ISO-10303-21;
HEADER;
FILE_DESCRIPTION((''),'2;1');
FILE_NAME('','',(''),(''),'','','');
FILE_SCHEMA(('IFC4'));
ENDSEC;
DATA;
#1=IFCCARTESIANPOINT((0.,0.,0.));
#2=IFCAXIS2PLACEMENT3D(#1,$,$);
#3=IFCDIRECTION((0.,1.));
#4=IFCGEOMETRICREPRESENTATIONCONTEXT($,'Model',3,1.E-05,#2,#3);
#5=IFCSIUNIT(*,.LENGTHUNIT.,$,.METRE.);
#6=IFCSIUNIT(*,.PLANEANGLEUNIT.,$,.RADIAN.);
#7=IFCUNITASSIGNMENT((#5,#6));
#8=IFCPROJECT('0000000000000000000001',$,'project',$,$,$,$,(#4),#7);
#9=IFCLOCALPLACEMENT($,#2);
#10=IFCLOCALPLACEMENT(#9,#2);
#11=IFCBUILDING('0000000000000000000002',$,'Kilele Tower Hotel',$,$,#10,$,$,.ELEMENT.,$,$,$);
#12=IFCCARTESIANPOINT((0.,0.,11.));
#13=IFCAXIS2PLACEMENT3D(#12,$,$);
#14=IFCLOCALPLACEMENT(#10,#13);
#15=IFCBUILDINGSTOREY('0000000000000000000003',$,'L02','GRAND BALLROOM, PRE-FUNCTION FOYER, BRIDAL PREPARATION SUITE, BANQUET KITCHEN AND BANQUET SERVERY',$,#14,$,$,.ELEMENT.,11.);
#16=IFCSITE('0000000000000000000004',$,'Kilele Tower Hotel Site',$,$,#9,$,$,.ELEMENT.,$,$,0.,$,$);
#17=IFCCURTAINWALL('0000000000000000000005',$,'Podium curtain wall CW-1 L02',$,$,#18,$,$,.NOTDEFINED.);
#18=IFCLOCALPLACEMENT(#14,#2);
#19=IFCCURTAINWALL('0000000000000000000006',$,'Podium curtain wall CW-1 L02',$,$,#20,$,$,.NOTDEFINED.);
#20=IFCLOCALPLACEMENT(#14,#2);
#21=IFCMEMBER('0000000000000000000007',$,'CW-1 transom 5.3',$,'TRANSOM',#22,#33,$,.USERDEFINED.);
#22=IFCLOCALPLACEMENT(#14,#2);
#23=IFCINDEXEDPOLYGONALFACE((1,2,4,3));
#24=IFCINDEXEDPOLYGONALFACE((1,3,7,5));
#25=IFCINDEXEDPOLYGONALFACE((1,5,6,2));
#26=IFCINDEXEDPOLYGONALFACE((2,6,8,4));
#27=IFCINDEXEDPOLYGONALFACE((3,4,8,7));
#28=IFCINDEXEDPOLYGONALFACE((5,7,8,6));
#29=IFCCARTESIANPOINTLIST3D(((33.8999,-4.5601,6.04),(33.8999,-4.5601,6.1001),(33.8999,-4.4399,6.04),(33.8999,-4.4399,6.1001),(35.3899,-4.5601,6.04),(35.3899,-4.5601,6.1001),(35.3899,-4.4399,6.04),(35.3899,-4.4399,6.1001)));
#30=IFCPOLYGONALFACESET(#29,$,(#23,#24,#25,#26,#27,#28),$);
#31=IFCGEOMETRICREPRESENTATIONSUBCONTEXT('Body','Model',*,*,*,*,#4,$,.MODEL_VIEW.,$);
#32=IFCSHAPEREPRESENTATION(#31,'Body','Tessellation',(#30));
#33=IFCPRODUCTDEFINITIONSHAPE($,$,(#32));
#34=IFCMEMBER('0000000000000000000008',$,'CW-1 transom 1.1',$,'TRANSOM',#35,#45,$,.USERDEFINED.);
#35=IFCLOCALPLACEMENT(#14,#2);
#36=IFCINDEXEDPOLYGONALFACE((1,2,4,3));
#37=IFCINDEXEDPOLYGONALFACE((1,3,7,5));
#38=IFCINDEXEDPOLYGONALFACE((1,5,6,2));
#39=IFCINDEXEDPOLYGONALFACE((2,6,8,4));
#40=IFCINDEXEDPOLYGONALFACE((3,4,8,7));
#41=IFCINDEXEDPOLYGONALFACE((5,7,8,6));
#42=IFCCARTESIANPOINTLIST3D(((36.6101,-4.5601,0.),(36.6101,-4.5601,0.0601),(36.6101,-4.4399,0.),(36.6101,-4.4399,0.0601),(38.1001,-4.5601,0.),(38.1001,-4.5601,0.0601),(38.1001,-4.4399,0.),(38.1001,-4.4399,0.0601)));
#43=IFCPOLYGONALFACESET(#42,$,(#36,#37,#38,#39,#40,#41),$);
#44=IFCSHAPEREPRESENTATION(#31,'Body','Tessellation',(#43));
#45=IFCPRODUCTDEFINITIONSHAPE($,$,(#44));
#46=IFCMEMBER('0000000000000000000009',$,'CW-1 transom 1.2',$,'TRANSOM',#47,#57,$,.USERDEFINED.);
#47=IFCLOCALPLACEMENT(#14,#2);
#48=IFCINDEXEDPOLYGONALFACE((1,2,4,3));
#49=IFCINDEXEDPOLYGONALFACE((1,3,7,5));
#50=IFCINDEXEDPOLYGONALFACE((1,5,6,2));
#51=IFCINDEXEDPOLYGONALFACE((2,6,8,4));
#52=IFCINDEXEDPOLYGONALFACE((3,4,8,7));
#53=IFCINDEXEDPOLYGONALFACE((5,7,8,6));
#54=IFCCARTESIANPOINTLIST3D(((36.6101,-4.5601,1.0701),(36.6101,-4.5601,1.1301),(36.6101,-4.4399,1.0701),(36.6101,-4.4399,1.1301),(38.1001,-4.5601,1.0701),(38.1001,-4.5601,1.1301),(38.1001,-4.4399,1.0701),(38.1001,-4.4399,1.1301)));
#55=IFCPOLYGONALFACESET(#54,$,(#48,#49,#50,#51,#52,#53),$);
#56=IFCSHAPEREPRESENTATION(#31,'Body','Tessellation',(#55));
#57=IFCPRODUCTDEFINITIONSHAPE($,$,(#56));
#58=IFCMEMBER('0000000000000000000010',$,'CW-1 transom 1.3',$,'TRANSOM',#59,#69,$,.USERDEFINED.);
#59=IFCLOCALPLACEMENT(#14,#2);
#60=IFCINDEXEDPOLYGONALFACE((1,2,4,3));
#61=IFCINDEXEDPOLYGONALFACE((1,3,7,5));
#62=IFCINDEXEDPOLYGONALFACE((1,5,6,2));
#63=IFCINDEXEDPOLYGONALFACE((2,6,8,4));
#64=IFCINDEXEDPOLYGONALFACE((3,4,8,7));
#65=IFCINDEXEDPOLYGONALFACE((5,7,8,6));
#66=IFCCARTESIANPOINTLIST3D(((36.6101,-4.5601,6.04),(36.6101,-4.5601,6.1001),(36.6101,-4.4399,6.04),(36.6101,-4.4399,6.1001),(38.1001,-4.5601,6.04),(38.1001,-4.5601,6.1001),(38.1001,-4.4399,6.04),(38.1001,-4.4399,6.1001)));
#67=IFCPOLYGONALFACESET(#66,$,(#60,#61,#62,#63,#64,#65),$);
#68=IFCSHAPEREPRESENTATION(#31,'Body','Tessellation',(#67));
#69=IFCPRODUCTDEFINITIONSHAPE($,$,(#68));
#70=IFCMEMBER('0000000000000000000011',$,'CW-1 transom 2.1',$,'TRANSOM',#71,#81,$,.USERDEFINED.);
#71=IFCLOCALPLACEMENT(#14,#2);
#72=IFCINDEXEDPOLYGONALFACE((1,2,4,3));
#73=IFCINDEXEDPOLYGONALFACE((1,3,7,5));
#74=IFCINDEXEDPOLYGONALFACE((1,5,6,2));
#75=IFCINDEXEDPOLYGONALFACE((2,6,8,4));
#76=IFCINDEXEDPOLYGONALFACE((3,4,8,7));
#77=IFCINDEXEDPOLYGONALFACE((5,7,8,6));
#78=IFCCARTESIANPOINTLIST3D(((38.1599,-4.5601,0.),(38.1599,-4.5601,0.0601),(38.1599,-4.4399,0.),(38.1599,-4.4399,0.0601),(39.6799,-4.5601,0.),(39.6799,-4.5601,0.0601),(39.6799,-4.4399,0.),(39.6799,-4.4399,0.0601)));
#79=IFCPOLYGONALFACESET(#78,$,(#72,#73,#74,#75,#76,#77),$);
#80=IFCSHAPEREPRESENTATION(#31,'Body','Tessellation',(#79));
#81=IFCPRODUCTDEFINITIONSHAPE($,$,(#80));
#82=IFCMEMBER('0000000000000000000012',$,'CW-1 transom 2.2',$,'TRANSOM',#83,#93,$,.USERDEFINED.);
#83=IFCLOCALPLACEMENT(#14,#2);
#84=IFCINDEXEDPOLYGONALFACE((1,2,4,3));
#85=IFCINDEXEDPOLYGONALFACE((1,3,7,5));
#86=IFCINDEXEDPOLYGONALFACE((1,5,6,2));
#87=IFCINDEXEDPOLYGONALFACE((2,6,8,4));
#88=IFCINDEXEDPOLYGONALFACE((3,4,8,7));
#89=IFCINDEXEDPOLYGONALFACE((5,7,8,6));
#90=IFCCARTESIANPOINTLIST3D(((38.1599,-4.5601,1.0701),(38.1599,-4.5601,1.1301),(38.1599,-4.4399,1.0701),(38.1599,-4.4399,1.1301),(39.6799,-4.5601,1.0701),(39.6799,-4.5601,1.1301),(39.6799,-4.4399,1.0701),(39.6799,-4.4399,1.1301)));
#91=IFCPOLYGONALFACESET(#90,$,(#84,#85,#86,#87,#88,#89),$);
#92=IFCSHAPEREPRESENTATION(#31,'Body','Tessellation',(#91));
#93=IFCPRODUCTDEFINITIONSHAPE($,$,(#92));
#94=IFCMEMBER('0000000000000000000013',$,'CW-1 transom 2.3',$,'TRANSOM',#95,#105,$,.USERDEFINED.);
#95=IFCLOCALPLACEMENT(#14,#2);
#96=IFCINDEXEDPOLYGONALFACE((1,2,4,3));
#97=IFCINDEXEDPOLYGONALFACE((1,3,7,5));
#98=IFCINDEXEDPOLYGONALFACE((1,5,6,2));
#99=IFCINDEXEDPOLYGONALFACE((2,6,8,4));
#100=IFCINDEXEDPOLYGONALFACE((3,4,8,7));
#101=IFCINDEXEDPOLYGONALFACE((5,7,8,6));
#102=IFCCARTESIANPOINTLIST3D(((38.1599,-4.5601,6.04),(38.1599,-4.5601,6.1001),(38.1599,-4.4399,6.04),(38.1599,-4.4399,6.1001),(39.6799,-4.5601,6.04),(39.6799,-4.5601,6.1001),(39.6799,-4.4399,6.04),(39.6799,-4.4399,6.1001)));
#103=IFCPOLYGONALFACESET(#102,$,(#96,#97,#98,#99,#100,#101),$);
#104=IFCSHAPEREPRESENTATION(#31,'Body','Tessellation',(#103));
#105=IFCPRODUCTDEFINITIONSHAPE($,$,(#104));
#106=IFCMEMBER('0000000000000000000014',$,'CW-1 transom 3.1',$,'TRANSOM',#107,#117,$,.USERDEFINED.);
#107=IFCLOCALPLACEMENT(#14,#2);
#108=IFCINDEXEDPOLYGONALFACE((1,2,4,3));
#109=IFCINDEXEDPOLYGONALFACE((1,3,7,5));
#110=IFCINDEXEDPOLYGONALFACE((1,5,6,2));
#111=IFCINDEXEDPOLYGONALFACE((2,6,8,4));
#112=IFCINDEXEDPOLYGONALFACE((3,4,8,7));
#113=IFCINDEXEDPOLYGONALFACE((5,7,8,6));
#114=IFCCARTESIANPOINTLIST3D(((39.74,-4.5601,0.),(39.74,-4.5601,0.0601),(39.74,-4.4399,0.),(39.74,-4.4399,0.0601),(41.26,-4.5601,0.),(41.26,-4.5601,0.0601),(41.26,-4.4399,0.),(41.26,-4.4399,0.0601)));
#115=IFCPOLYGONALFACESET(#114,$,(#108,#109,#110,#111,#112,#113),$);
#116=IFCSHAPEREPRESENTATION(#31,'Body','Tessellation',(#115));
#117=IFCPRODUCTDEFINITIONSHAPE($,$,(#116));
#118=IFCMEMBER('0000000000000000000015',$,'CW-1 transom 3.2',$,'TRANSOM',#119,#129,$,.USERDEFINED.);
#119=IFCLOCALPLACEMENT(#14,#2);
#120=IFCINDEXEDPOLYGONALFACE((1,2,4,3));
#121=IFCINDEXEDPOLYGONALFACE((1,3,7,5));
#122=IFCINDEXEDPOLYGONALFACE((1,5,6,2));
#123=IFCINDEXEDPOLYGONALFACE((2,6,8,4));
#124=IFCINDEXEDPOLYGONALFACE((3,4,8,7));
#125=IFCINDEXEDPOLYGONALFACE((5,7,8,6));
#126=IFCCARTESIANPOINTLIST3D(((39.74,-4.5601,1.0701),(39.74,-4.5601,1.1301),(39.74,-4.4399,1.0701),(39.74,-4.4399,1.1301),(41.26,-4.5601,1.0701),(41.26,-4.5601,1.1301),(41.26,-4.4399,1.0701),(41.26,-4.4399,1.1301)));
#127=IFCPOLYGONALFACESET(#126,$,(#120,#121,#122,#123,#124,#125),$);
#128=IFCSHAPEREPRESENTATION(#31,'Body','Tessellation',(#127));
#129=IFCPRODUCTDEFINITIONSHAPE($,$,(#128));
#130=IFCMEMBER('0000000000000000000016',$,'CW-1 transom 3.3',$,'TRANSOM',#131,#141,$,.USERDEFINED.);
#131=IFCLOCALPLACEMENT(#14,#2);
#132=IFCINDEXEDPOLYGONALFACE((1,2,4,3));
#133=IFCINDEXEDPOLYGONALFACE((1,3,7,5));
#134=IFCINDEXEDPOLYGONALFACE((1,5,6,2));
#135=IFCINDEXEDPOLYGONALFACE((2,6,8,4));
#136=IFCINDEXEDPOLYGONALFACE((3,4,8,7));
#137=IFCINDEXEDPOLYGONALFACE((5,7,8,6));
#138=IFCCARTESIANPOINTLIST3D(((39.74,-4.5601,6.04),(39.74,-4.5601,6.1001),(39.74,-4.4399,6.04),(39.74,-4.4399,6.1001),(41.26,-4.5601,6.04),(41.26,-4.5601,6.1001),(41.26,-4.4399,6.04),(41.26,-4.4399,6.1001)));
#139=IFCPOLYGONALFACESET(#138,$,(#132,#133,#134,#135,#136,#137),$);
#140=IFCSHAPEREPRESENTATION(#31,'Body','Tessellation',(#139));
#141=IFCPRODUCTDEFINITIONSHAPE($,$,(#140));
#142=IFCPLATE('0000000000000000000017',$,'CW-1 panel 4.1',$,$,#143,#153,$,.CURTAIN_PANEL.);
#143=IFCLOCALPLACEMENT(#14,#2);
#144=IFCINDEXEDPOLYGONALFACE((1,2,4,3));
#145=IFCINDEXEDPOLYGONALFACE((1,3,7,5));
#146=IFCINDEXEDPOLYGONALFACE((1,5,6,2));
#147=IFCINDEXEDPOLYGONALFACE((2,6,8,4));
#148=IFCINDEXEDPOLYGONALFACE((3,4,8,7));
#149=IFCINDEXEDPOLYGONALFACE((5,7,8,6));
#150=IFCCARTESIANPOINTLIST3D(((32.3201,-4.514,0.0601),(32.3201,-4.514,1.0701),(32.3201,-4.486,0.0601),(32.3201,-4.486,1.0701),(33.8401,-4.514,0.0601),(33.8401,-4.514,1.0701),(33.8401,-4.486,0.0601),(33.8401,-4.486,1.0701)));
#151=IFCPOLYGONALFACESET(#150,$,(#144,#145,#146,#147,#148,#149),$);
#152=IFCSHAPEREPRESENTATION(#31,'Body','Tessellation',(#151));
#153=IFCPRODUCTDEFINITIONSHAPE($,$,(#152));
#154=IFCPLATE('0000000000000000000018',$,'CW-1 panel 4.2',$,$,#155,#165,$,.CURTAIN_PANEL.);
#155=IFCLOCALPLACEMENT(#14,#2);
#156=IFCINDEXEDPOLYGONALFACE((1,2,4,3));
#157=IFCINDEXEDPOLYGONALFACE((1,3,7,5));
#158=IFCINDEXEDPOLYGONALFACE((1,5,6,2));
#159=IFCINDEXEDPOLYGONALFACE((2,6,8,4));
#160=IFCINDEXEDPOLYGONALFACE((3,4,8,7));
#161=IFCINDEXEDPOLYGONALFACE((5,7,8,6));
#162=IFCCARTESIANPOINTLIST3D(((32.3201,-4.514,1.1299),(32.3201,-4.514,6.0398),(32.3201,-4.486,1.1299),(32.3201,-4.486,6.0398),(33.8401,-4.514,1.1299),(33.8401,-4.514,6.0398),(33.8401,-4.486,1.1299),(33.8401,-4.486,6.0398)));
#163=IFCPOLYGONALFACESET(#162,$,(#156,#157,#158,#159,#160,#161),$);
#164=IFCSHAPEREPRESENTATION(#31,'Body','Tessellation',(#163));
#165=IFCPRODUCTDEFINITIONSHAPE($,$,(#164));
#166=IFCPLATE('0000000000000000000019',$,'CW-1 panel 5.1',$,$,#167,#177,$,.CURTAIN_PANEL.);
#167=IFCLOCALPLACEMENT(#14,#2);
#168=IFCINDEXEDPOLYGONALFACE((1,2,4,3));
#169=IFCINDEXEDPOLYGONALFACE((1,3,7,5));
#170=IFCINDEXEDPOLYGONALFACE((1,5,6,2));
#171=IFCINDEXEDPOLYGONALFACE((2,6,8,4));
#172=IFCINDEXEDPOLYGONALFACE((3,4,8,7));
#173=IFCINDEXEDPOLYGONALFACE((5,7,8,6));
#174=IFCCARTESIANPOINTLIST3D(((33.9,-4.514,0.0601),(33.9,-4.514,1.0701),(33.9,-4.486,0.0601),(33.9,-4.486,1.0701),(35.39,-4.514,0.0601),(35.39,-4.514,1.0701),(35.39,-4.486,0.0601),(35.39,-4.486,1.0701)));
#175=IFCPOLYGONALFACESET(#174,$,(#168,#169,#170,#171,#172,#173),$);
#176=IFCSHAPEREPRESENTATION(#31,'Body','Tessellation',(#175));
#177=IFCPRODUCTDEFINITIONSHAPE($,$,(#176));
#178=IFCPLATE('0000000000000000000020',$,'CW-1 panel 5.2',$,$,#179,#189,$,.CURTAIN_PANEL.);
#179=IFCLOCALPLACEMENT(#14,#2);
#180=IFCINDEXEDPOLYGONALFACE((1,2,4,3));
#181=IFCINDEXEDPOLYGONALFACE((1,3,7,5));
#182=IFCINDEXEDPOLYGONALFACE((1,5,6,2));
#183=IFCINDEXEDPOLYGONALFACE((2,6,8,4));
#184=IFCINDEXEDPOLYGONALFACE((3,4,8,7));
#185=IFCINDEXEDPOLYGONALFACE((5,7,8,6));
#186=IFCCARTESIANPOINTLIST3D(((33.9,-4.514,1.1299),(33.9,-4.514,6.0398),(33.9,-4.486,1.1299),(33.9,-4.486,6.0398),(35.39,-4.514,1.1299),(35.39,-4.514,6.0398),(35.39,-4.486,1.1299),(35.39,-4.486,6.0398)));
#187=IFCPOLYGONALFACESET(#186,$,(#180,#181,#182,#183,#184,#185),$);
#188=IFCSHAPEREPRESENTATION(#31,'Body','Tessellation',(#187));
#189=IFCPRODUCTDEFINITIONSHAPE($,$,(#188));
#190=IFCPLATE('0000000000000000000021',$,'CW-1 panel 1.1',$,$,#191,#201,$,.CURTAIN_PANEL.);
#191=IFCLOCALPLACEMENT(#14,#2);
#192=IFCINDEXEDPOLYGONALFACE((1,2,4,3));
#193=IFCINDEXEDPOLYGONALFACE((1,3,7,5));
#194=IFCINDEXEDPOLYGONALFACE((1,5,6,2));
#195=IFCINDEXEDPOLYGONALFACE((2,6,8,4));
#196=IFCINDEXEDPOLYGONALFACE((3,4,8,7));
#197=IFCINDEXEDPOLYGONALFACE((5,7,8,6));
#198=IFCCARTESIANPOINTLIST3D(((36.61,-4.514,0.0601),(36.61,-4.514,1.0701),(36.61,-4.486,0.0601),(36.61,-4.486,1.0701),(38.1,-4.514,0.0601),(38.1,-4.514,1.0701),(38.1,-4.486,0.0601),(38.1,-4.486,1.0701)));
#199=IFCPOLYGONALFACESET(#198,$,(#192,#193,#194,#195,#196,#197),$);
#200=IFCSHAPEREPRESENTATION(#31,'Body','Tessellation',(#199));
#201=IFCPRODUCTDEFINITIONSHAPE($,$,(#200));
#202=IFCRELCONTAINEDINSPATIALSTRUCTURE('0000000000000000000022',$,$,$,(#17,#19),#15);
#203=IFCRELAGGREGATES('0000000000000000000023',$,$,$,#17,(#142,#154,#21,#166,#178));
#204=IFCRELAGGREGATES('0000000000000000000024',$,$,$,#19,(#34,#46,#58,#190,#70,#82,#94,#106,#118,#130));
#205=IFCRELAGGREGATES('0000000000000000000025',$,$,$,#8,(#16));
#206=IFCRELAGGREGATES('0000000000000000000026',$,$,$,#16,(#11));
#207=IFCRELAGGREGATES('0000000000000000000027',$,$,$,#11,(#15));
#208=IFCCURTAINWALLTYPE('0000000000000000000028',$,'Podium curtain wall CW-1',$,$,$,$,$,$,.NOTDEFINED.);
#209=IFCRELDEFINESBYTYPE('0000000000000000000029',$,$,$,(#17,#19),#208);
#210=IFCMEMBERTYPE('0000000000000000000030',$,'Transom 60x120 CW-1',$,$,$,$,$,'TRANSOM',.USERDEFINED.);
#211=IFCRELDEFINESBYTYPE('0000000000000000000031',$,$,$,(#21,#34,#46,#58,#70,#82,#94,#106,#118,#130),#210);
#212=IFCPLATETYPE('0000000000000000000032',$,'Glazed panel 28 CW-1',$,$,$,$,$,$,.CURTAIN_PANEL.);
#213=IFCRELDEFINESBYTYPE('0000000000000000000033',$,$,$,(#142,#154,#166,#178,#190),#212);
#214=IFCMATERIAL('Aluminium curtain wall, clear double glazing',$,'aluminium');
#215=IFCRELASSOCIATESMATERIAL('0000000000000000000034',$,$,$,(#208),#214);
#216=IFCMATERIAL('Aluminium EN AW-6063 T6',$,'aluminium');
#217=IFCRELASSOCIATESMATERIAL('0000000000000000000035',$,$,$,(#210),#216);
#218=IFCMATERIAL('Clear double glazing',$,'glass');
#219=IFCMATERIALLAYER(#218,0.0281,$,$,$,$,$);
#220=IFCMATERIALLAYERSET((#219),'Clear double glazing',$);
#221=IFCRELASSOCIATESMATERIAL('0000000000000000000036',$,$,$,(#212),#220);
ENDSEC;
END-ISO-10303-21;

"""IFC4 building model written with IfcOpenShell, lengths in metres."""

from ifc_helpers import new_model, si_unit, direction, frame, origin, origin_2d, place, context, subcontext, project, spatial, rectangle, extrude, material, layer, layer_set, material_profile, profile_set, type_object, element, aggregate, save


model = new_model("IFC4")

# Units and contexts
model_context = context("Model", 3, precision=1e-05, world=origin(), true_north=direction((0.0, 1.0)))
body_context = subcontext(model_context, "Body", "Model", "MODEL_VIEW")
ifc_project = project(units=[si_unit("LENGTHUNIT", "METRE"), si_unit("PLANEANGLEUNIT", "RADIAN")], contexts=[model_context])

# Site, building, storey
site_placement = place(None, origin())
site = spatial("IfcSite", under=ifc_project, at=site_placement, Name="Kilele Tower Hotel Site", CompositionType="ELEMENT", RefElevation=0.0)
building_placement = place(site_placement, origin())
building = spatial("IfcBuilding", under=site, at=building_placement, Name="Kilele Tower Hotel", CompositionType="ELEMENT")
storey_placement = place(building_placement, frame((0.0, 0.0, 11.0)))
storey = spatial("IfcBuildingStorey", under=building, at=storey_placement, Name="L02", Description="GRAND BALLROOM, PRE-FUNCTION FOYER, BRIDAL PREPARATION SUITE, BANQUET KITCHEN AND BANQUET SERVERY", CompositionType="ELEMENT", Elevation=11.0)

# Curtain walls
ifc_material_1 = material(Name="Aluminium curtain wall, clear double glazing", Category="aluminium")
curtain_wall_type = type_object("IfcCurtainWallType", Name="Podium curtain wall CW-1", PredefinedType="NOTDEFINED", material=ifc_material_1)
curtain_wall_1_placement = place(storey_placement, origin())
curtain_wall_1 = element("IfcCurtainWall", 1, at=curtain_wall_1_placement, inside=storey, type_object=curtain_wall_type, Name="Podium curtain wall CW-1 L02", PredefinedType="NOTDEFINED")
curtain_wall_2_placement = place(storey_placement, origin())
curtain_wall_2 = element("IfcCurtainWall", 2, at=curtain_wall_2_placement, inside=storey, type_object=curtain_wall_type, Name="Podium curtain wall CW-1 L02", PredefinedType="NOTDEFINED")

# Members
ifc_material_2 = material(Name="Aluminium EN AW-6063 T6", Category="aluminium")
ifc_material_profile_1 = material_profile(ifc_material_2, rectangle(XDim=0.1201, YDim=0.0601, at=origin_2d()))
ifc_profile_set_1 = profile_set([ifc_material_profile_1], Name="Aluminium EN AW-6063 T6")
member_type_1 = type_object("IfcMemberType", Name="Transom 60x120 CW-1", ElementType="TRANSOM", PredefinedType="USERDEFINED", material=ifc_profile_set_1)
member_1_placement = place(storey_placement, frame((33.8999, -4.5, 6.0701), z_axis=(1.0, 0.0, 0.0), x_axis=(0.0, 1.0, 0.0)))
member_1 = element("IfcMember", 3, at=member_1_placement, type_object=member_type_1, Name="CW-1 transom 5.3", ObjectType="TRANSOM", PredefinedType="USERDEFINED", context=body_context, shape_type="SweptSolid", body=[
    extrude(rectangle(XDim=0.1201, YDim=0.0601, at=origin_2d()), origin(), (0.0, 0.0, 1.0), 1.49),
])
member_2_placement = place(storey_placement, frame((36.6101, -4.5, 0.03), z_axis=(1.0, 0.0, 0.0), x_axis=(0.0, 1.0, 0.0)))
member_2 = element("IfcMember", 4, at=member_2_placement, type_object=member_type_1, Name="CW-1 transom 1.1", ObjectType="TRANSOM", PredefinedType="USERDEFINED", context=body_context, shape_type="SweptSolid", body=[
    extrude(rectangle(XDim=0.1201, YDim=0.0601, at=origin_2d()), origin(), (0.0, 0.0, 1.0), 1.49),
])
member_3_placement = place(storey_placement, frame((36.6101, -4.5, 1.1001), z_axis=(1.0, 0.0, 0.0), x_axis=(0.0, 1.0, 0.0)))
member_3 = element("IfcMember", 5, at=member_3_placement, type_object=member_type_1, Name="CW-1 transom 1.2", ObjectType="TRANSOM", PredefinedType="USERDEFINED", context=body_context, shape_type="SweptSolid", body=[
    extrude(rectangle(XDim=0.1201, YDim=0.0601, at=origin_2d()), origin(), (0.0, 0.0, 1.0), 1.49),
])
member_4_placement = place(storey_placement, frame((36.6101, -4.5, 6.0701), z_axis=(1.0, 0.0, 0.0), x_axis=(0.0, 1.0, 0.0)))
member_4 = element("IfcMember", 6, at=member_4_placement, type_object=member_type_1, Name="CW-1 transom 1.3", ObjectType="TRANSOM", PredefinedType="USERDEFINED", context=body_context, shape_type="SweptSolid", body=[
    extrude(rectangle(XDim=0.1201, YDim=0.0601, at=origin_2d()), origin(), (0.0, 0.0, 1.0), 1.49),
])
member_5_placement = place(storey_placement, frame((38.1599, -4.5, 0.03), z_axis=(1.0, 0.0, 0.0), x_axis=(0.0, 1.0, 0.0)))
member_5 = element("IfcMember", 7, at=member_5_placement, type_object=member_type_1, Name="CW-1 transom 2.1", ObjectType="TRANSOM", PredefinedType="USERDEFINED", context=body_context, shape_type="SweptSolid", body=[
    extrude(rectangle(XDim=0.1201, YDim=0.0601, at=origin_2d()), origin(), (0.0, 0.0, 1.0), 1.52),
])
member_6_placement = place(storey_placement, frame((38.1599, -4.5, 1.1001), z_axis=(1.0, 0.0, 0.0), x_axis=(0.0, 1.0, 0.0)))
member_6 = element("IfcMember", 8, at=member_6_placement, type_object=member_type_1, Name="CW-1 transom 2.2", ObjectType="TRANSOM", PredefinedType="USERDEFINED", context=body_context, shape_type="SweptSolid", body=[
    extrude(rectangle(XDim=0.1201, YDim=0.0601, at=origin_2d()), origin(), (0.0, 0.0, 1.0), 1.52),
])
member_7_placement = place(storey_placement, frame((38.1599, -4.5, 6.0701), z_axis=(1.0, 0.0, 0.0), x_axis=(0.0, 1.0, 0.0)))
member_7 = element("IfcMember", 9, at=member_7_placement, type_object=member_type_1, Name="CW-1 transom 2.3", ObjectType="TRANSOM", PredefinedType="USERDEFINED", context=body_context, shape_type="SweptSolid", body=[
    extrude(rectangle(XDim=0.1201, YDim=0.0601, at=origin_2d()), origin(), (0.0, 0.0, 1.0), 1.52),
])
member_8_placement = place(storey_placement, frame((39.74, -4.5, 0.03), z_axis=(1.0, 0.0, 0.0), x_axis=(0.0, 1.0, 0.0)))
member_8 = element("IfcMember", 10, at=member_8_placement, type_object=member_type_1, Name="CW-1 transom 3.1", ObjectType="TRANSOM", PredefinedType="USERDEFINED", context=body_context, shape_type="SweptSolid", body=[
    extrude(rectangle(XDim=0.1201, YDim=0.0601, at=origin_2d()), origin(), (0.0, 0.0, 1.0), 1.52),
])
member_9_placement = place(storey_placement, frame((39.74, -4.5, 1.1001), z_axis=(1.0, 0.0, 0.0), x_axis=(0.0, 1.0, 0.0)))
member_9 = element("IfcMember", 11, at=member_9_placement, type_object=member_type_1, Name="CW-1 transom 3.2", ObjectType="TRANSOM", PredefinedType="USERDEFINED", context=body_context, shape_type="SweptSolid", body=[
    extrude(rectangle(XDim=0.1201, YDim=0.0601, at=origin_2d()), origin(), (0.0, 0.0, 1.0), 1.52),
])
member_10_placement = place(storey_placement, frame((39.74, -4.5, 6.0701), z_axis=(1.0, 0.0, 0.0), x_axis=(0.0, 1.0, 0.0)))
member_10 = element("IfcMember", 12, at=member_10_placement, type_object=member_type_1, Name="CW-1 transom 3.3", ObjectType="TRANSOM", PredefinedType="USERDEFINED", context=body_context, shape_type="SweptSolid", body=[
    extrude(rectangle(XDim=0.1201, YDim=0.0601, at=origin_2d()), origin(), (0.0, 0.0, 1.0), 1.52),
])

# Plates
ifc_material_3 = material(Name="Clear double glazing", Category="glass")
ifc_layer = layer(ifc_material_3, 0.0281)
ifc_layer_set = layer_set([ifc_layer], Name="Clear double glazing")
plate_type = type_object("IfcPlateType", Name="Glazed panel 28 CW-1", PredefinedType="CURTAIN_PANEL", material=ifc_layer_set)
plate_1_placement = place(storey_placement, frame((33.0801, -4.5, 0.0601), z_axis=(0.0, 0.0, 1.0), x_axis=(1.0, 0.0, 0.0)))
plate_1 = element("IfcPlate", 13, at=plate_1_placement, type_object=plate_type, Name="CW-1 panel 4.1", PredefinedType="CURTAIN_PANEL", context=body_context, shape_type="SweptSolid", body=[
    extrude(rectangle(XDim=1.52, YDim=0.0281, at=origin_2d()), origin(), (0.0, 0.0, 1.0), 1.01),
])
plate_2_placement = place(storey_placement, frame((33.0801, -4.5, 1.1299), z_axis=(0.0, 0.0, 1.0), x_axis=(1.0, 0.0, 0.0)))
plate_2 = element("IfcPlate", 14, at=plate_2_placement, type_object=plate_type, Name="CW-1 panel 4.2", PredefinedType="CURTAIN_PANEL", context=body_context, shape_type="SweptSolid", body=[
    extrude(rectangle(XDim=1.52, YDim=0.0281, at=origin_2d()), origin(), (0.0, 0.0, 1.0), 4.9099),
])
plate_3_placement = place(storey_placement, frame((34.645, -4.5, 0.0601), z_axis=(0.0, 0.0, 1.0), x_axis=(1.0, 0.0, 0.0)))
plate_3 = element("IfcPlate", 15, at=plate_3_placement, type_object=plate_type, Name="CW-1 panel 5.1", PredefinedType="CURTAIN_PANEL", context=body_context, shape_type="SweptSolid", body=[
    extrude(rectangle(XDim=1.49, YDim=0.0281, at=origin_2d()), origin(), (0.0, 0.0, 1.0), 1.01),
])
plate_4_placement = place(storey_placement, frame((34.645, -4.5, 1.1299), z_axis=(0.0, 0.0, 1.0), x_axis=(1.0, 0.0, 0.0)))
plate_4 = element("IfcPlate", 16, at=plate_4_placement, type_object=plate_type, Name="CW-1 panel 5.2", PredefinedType="CURTAIN_PANEL", context=body_context, shape_type="SweptSolid", body=[
    extrude(rectangle(XDim=1.49, YDim=0.0281, at=origin_2d()), origin(), (0.0, 0.0, 1.0), 4.9099),
])
aggregate(curtain_wall_1, [plate_1, plate_2, member_1, plate_3, plate_4])
plate_5_placement = place(storey_placement, frame((37.355, -4.5, 0.0601), z_axis=(0.0, 0.0, 1.0), x_axis=(1.0, 0.0, 0.0)))
plate_5 = element("IfcPlate", 17, at=plate_5_placement, type_object=plate_type, Name="CW-1 panel 1.1", PredefinedType="CURTAIN_PANEL", context=body_context, shape_type="SweptSolid", body=[
    extrude(rectangle(XDim=1.49, YDim=0.0281, at=origin_2d()), origin(), (0.0, 0.0, 1.0), 1.01),
])
aggregate(curtain_wall_2, [member_2, member_3, member_4, plate_5, member_5, member_6, member_7, member_8, member_9, member_10])

save(model, "model.ifc")
